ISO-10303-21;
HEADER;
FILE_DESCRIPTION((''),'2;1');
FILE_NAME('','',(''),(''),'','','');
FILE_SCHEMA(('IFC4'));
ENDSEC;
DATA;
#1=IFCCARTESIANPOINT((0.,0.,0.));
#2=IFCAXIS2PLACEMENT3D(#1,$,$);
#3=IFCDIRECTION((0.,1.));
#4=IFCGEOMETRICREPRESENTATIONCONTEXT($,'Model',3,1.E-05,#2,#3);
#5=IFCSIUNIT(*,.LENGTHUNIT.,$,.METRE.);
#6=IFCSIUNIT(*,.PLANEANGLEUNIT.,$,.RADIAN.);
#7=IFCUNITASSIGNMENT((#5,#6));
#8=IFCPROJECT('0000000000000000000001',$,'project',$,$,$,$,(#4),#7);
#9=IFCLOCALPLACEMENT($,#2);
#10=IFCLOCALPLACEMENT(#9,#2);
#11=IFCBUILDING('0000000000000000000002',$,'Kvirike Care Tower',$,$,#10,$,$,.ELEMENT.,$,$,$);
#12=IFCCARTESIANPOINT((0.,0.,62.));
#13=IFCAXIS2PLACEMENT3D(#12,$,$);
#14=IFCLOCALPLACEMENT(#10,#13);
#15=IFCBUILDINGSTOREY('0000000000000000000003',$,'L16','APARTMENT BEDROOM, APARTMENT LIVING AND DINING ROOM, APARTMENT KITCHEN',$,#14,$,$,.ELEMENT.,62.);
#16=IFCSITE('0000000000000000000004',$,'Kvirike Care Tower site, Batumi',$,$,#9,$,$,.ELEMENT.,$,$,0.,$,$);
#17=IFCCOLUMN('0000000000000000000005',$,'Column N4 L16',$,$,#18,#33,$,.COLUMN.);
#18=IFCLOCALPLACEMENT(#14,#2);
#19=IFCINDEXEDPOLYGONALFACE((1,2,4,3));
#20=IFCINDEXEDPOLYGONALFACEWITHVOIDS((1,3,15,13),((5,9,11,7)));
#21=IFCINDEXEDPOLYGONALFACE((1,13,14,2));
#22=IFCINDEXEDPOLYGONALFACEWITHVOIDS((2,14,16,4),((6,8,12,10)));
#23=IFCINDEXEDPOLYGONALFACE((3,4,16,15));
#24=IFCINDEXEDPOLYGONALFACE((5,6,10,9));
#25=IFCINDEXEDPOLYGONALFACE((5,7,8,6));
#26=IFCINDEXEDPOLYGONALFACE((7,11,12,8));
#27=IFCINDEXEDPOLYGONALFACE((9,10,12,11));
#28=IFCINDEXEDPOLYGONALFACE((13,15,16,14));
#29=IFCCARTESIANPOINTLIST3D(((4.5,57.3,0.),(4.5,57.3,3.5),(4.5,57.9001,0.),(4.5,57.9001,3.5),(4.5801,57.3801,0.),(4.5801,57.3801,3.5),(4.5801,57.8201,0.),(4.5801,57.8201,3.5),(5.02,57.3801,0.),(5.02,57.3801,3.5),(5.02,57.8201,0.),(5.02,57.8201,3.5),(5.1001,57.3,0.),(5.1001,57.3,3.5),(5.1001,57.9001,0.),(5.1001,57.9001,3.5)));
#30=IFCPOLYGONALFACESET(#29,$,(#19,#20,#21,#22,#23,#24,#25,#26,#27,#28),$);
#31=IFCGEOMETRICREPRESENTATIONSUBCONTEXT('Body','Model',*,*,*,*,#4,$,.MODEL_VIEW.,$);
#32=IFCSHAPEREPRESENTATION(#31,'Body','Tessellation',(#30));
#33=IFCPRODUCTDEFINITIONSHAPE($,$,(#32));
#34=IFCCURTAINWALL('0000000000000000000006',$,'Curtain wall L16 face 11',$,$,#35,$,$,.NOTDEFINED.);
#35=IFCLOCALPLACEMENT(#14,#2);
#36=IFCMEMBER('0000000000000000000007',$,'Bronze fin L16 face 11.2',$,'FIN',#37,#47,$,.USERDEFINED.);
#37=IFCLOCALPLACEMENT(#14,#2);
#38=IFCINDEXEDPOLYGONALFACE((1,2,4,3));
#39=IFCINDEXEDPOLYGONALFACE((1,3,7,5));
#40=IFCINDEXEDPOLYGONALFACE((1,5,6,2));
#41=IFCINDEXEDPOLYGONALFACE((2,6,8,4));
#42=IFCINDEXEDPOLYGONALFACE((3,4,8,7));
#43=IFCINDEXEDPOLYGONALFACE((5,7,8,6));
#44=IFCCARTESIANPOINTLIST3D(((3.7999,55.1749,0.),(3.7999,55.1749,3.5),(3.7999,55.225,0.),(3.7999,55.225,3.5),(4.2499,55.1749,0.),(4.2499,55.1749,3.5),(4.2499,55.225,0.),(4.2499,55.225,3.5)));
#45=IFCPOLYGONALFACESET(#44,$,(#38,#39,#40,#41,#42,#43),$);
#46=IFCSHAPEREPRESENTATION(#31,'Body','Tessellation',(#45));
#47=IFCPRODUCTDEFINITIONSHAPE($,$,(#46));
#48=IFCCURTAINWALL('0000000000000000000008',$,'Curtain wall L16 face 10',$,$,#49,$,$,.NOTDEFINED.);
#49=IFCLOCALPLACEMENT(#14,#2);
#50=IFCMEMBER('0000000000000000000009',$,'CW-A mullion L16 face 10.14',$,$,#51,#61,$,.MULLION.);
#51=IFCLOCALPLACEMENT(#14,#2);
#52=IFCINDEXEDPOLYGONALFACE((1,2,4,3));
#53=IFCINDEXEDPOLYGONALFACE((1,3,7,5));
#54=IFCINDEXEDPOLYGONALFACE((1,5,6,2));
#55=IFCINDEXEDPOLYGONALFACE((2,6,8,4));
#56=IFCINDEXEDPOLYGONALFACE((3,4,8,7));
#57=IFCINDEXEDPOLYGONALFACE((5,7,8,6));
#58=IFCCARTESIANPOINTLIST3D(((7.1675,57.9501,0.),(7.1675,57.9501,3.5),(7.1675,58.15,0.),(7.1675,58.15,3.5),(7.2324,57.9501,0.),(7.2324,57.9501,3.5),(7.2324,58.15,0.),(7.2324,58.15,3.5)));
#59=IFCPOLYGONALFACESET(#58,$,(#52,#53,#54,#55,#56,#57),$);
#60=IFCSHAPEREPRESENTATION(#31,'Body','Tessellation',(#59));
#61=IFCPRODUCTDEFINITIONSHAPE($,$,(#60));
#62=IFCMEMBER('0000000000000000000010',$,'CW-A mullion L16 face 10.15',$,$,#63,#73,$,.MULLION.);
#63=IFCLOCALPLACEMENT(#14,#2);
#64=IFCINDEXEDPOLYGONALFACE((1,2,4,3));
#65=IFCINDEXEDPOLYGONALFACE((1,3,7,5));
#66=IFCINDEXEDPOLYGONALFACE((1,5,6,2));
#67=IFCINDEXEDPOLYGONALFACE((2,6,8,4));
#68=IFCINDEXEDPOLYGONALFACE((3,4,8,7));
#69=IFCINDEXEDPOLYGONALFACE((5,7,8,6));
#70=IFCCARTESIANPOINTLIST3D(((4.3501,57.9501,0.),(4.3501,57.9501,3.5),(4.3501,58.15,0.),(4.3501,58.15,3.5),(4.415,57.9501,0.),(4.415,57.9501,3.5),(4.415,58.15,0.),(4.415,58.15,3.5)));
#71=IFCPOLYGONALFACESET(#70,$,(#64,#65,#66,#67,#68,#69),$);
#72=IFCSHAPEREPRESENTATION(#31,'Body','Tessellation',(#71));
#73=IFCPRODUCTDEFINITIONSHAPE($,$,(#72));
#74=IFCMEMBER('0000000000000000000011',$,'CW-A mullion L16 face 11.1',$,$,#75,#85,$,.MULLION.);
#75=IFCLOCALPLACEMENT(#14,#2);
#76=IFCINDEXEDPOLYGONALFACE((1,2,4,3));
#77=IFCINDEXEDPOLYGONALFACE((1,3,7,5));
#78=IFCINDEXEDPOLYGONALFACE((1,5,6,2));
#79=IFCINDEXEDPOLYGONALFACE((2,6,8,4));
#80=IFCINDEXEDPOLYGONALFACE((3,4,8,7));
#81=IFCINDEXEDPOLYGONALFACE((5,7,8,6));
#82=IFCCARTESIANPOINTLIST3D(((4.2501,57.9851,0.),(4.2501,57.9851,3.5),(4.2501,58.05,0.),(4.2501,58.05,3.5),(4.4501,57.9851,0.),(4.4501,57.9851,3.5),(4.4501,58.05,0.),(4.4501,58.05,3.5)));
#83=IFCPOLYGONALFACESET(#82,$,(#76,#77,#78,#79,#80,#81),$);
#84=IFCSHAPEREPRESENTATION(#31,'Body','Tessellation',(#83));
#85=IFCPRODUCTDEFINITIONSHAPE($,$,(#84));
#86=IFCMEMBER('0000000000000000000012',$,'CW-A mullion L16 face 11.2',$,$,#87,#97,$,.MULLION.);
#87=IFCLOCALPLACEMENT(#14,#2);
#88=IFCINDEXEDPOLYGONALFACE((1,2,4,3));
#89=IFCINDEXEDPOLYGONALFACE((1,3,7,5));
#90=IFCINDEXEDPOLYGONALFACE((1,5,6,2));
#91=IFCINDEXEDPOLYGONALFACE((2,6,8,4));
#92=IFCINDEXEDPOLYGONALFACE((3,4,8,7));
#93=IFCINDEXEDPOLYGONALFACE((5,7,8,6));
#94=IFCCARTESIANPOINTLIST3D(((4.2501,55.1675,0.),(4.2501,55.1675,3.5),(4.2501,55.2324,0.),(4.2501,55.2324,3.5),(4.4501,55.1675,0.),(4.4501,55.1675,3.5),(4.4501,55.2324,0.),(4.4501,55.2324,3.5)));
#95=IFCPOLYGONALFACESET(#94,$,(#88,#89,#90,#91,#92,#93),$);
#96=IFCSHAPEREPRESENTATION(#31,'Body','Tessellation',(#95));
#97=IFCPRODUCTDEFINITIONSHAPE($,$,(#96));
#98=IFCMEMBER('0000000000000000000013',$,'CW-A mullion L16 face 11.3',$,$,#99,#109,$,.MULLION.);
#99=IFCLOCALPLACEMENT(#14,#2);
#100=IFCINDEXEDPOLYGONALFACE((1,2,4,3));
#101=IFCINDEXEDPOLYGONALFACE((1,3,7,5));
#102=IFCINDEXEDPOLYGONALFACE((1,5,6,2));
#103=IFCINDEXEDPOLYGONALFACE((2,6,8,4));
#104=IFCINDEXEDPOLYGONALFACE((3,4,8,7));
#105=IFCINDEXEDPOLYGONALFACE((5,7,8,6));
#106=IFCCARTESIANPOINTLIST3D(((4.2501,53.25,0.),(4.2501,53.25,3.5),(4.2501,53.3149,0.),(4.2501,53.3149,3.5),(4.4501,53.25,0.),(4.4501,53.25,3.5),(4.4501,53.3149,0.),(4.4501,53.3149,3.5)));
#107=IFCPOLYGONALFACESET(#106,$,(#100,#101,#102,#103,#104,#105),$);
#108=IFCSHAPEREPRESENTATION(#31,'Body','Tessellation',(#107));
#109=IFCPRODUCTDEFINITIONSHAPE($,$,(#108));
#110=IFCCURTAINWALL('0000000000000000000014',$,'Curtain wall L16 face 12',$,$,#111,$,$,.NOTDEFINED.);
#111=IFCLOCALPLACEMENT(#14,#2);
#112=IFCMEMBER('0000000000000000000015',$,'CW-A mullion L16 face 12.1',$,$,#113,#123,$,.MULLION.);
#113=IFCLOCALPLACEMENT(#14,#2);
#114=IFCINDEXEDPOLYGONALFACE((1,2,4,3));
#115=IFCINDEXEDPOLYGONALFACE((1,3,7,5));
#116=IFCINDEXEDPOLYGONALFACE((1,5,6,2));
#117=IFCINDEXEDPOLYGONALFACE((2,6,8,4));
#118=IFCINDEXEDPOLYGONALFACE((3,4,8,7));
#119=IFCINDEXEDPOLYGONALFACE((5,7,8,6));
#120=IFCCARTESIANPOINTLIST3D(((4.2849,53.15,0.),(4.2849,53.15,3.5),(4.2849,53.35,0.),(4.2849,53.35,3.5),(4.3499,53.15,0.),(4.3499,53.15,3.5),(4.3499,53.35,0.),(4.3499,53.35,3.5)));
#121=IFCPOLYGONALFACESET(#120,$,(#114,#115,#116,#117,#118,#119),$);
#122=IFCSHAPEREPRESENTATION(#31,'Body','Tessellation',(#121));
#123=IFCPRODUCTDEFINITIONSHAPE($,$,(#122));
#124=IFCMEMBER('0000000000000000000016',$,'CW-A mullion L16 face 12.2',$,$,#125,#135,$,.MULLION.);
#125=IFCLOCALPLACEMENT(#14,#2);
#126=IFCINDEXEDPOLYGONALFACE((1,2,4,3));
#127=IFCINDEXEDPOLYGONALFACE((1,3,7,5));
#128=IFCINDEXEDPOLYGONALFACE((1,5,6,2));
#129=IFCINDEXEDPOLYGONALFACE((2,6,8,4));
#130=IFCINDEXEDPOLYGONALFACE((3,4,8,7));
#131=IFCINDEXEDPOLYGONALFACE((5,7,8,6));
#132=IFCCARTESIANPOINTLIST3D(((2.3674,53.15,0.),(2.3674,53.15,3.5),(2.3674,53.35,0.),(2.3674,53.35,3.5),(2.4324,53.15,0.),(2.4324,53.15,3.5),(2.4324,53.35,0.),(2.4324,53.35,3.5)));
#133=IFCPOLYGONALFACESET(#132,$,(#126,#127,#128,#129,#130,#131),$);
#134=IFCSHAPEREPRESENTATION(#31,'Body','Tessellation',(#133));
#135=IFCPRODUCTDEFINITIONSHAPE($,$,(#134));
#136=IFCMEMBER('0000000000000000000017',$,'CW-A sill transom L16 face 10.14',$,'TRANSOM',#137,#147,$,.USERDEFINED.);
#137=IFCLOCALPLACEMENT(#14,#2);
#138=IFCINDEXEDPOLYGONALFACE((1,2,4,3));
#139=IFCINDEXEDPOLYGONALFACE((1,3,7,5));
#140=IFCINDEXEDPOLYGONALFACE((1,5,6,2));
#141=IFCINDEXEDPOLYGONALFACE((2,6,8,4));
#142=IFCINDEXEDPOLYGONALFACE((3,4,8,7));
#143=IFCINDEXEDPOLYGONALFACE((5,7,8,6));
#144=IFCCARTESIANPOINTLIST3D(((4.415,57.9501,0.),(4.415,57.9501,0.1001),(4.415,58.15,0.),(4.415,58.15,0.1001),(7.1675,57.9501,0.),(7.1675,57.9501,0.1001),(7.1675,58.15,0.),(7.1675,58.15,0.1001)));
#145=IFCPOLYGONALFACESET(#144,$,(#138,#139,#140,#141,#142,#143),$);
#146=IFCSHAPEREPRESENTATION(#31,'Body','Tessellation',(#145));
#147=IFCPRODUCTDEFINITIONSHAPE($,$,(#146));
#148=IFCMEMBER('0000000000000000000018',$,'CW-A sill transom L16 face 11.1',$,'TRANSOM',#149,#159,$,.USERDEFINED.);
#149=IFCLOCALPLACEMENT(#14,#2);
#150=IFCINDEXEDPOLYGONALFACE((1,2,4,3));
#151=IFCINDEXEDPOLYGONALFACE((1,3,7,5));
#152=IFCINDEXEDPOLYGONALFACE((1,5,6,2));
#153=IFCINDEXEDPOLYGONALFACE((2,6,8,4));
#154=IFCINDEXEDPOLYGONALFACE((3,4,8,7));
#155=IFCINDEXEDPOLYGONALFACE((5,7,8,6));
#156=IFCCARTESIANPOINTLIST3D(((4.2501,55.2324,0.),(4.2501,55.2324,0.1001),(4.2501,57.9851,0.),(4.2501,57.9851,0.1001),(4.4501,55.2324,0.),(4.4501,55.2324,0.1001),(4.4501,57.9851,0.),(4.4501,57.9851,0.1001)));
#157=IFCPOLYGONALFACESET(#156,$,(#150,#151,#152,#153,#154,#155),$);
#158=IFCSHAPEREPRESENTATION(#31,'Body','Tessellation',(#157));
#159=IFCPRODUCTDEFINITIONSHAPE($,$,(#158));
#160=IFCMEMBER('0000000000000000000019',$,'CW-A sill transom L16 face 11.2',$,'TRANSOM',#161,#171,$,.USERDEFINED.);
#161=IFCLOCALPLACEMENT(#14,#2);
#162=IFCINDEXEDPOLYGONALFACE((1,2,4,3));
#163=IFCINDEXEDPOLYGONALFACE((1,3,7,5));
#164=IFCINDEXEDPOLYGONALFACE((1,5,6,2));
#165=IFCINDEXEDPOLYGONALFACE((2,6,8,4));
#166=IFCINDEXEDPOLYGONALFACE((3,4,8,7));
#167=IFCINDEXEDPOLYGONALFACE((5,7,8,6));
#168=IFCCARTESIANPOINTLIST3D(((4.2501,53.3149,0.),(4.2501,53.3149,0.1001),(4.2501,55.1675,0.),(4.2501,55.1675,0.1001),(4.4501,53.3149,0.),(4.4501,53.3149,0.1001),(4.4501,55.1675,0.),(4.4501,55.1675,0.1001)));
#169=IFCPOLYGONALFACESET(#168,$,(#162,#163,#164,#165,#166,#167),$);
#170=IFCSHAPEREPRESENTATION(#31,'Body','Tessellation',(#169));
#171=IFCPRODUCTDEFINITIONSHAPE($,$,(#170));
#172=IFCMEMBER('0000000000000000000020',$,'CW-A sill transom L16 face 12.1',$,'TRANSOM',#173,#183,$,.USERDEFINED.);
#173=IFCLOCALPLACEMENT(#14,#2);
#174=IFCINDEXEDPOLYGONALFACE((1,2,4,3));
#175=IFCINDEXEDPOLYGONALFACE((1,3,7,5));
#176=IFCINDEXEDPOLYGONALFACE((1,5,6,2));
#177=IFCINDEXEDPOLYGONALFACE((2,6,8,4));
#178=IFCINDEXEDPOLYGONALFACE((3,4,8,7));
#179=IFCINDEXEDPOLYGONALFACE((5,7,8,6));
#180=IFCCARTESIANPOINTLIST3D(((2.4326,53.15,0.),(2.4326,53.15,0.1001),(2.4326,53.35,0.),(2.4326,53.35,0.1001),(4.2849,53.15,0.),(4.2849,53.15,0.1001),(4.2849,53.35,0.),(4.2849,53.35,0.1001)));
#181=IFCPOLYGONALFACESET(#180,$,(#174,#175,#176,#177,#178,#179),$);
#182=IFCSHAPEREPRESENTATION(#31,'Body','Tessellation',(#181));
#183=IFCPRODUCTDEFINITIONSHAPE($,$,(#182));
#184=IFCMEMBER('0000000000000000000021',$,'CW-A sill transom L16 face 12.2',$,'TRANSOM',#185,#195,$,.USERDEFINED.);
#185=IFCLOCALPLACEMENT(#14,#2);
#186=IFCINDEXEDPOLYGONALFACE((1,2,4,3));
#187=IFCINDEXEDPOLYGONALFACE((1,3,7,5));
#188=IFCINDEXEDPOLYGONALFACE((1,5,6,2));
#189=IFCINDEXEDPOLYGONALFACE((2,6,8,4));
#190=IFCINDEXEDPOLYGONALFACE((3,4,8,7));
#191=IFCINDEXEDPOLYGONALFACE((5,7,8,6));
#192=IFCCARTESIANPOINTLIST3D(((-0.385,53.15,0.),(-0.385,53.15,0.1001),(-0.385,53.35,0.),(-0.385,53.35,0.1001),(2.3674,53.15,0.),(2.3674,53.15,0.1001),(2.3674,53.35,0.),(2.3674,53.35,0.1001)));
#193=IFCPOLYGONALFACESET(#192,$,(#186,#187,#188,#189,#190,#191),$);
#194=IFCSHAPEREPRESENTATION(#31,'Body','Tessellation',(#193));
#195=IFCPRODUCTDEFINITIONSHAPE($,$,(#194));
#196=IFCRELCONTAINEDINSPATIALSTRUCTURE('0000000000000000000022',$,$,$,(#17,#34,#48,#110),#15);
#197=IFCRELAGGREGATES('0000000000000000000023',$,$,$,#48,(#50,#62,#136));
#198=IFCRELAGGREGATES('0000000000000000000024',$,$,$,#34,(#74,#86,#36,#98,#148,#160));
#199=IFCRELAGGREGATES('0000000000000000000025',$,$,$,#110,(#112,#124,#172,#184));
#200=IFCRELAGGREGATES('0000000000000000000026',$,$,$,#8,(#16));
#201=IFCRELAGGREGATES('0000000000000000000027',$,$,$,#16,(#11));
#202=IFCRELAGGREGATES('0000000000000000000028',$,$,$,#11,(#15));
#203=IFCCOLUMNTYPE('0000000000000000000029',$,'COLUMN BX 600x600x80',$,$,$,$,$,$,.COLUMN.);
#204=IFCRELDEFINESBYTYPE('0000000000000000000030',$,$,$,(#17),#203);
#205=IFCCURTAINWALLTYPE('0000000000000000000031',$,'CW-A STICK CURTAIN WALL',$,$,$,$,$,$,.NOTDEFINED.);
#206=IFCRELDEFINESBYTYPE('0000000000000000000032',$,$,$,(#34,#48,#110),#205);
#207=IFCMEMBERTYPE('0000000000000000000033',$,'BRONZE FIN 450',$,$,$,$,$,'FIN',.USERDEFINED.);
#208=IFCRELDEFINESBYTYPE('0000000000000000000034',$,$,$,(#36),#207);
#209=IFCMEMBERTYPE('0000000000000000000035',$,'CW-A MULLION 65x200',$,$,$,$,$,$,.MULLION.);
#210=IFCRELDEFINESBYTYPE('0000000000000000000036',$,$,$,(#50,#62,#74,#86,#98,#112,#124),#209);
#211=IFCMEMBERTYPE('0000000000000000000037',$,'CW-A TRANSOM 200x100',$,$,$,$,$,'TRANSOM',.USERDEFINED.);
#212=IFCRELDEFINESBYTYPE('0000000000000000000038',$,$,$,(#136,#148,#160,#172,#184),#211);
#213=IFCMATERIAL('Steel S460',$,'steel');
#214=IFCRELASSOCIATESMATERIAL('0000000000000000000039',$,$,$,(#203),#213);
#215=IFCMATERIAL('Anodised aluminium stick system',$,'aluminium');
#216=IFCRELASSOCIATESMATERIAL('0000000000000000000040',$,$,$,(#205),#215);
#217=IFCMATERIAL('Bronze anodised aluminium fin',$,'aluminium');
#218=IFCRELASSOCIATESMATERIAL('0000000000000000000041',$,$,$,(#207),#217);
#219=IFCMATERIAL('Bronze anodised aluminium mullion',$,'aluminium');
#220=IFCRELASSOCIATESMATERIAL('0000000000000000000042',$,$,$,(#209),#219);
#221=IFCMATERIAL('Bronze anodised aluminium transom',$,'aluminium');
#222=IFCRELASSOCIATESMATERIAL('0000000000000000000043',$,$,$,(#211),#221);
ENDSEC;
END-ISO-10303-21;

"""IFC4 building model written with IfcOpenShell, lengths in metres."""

from ifc_helpers import new_model, si_unit, direction, frame, origin, origin_2d, place, context, subcontext, project, spatial, rectangle, hollow_rectangle, extrude, material, material_profile, profile_set, type_object, element, aggregate, save


model = new_model("IFC4")

# Units and contexts
model_context = context("Model", 3, precision=1e-05, world=origin(), true_north=direction((0.0, 1.0)))
body_context = subcontext(model_context, "Body", "Model", "MODEL_VIEW")
ifc_project = project(units=[si_unit("LENGTHUNIT", "METRE"), si_unit("PLANEANGLEUNIT", "RADIAN")], contexts=[model_context])

# Site, building, storey
site_placement = place(None, origin())
site = spatial("IfcSite", under=ifc_project, at=site_placement, Name="Kvirike Care Tower site, Batumi", CompositionType="ELEMENT", RefElevation=0.0)
building_placement = place(site_placement, origin())
building = spatial("IfcBuilding", under=site, at=building_placement, Name="Kvirike Care Tower", CompositionType="ELEMENT")
storey_placement = place(building_placement, frame((0.0, 0.0, 62.0)))
storey = spatial("IfcBuildingStorey", under=building, at=storey_placement, Name="L16", Description="APARTMENT BEDROOM, APARTMENT LIVING AND DINING ROOM, APARTMENT KITCHEN", CompositionType="ELEMENT", Elevation=62.0)

# Column
ifc_material_1 = material(Name="Steel S460", Category="steel")
ifc_material_profile_1 = material_profile(ifc_material_1, hollow_rectangle(XDim=0.6001, YDim=0.6001, WallThickness=0.0801, at=origin_2d()), Name="BX 600x600x80")
ifc_profile_set_1 = profile_set([ifc_material_profile_1], Name="Steel S460")
column_type = type_object("IfcColumnType", Name="COLUMN BX 600x600x80", PredefinedType="COLUMN", material=ifc_profile_set_1)
column_placement = place(storey_placement, frame((4.8, 57.6001, 0.0), z_axis=(0.0, 0.0, 1.0), x_axis=(0.0, 1.0, 0.0)))
element("IfcColumn", 1, at=column_placement, inside=storey, type_object=column_type, Name="Column N4 L16", PredefinedType="COLUMN", context=body_context, shape_type="SweptSolid", body=[
    extrude(hollow_rectangle(XDim=0.6001, YDim=0.6001, WallThickness=0.0801, at=origin_2d()), origin(), (0.0, 0.0, 1.0), 3.5),
])

# Curtain wall, member
ifc_material_2 = material(Name="Anodised aluminium stick system", Category="aluminium")
curtain_wall_type = type_object("IfcCurtainWallType", Name="CW-A STICK CURTAIN WALL", PredefinedType="NOTDEFINED", material=ifc_material_2)
curtain_wall_1_placement = place(storey_placement, origin())
curtain_wall_1 = element("IfcCurtainWall", 2, at=curtain_wall_1_placement, inside=storey, type_object=curtain_wall_type, Name="Curtain wall L16 face 11", PredefinedType="NOTDEFINED")
ifc_material_3 = material(Name="Bronze anodised aluminium fin", Category="aluminium")
ifc_material_profile_2 = material_profile(ifc_material_3, rectangle(XDim=0.05, YDim=0.45, at=origin_2d()), Name="BRONZE FIN 450")
ifc_profile_set_2 = profile_set([ifc_material_profile_2], Name="Bronze anodised aluminium fin")
member_type_1 = type_object("IfcMemberType", Name="BRONZE FIN 450", ElementType="FIN", PredefinedType="USERDEFINED", material=ifc_profile_set_2)
member_1_placement = place(storey_placement, frame((4.0249, 55.2, 0.0), z_axis=(0.0, 0.0, 1.0), x_axis=(0.0, -1.0, 0.0)))
member_1 = element("IfcMember", 3, at=member_1_placement, type_object=member_type_1, Name="Bronze fin L16 face 11.2", ObjectType="FIN", PredefinedType="USERDEFINED", context=body_context, shape_type="SweptSolid", body=[
    extrude(rectangle(XDim=0.05, YDim=0.45, at=origin_2d()), origin(), (0.0, 0.0, 1.0), 3.5),
])

# Curtain wall, members
curtain_wall_2_placement = place(storey_placement, origin())
curtain_wall_2 = element("IfcCurtainWall", 4, at=curtain_wall_2_placement, inside=storey, type_object=curtain_wall_type, Name="Curtain wall L16 face 10", PredefinedType="NOTDEFINED")
ifc_material_4 = material(Name="Bronze anodised aluminium mullion", Category="aluminium")
ifc_material_profile_3 = material_profile(ifc_material_4, rectangle(XDim=0.0649, YDim=0.2, at=origin_2d()), Name="CW-A MULLION 65x200")
ifc_profile_set_3 = profile_set([ifc_material_profile_3], Name="Bronze anodised aluminium mullion")
member_type_2 = type_object("IfcMemberType", Name="CW-A MULLION 65x200", PredefinedType="MULLION", material=ifc_profile_set_3)
member_2_placement = place(storey_placement, frame((7.2, 58.05, 0.0), z_axis=(0.0, 0.0, 1.0), x_axis=(-1.0, 0.0, 0.0)))
member_2 = element("IfcMember", 5, at=member_2_placement, type_object=member_type_2, Name="CW-A mullion L16 face 10.14", PredefinedType="MULLION", context=body_context, shape_type="SweptSolid", body=[
    extrude(rectangle(XDim=0.0649, YDim=0.2, at=origin_2d()), origin(), (0.0, 0.0, 1.0), 3.5),
])
member_3_placement = place(storey_placement, frame((4.3826, 58.05, 0.0), z_axis=(0.0, 0.0, 1.0), x_axis=(-1.0, 0.0, 0.0)))
member_3 = element("IfcMember", 6, at=member_3_placement, type_object=member_type_2, Name="CW-A mullion L16 face 10.15", PredefinedType="MULLION", context=body_context, shape_type="SweptSolid", body=[
    extrude(rectangle(XDim=0.0649, YDim=0.2, at=origin_2d()), origin(), (0.0, 0.0, 1.0), 3.5),
])

# Members
member_4_placement = place(storey_placement, frame((4.3501, 58.0176, 0.0), z_axis=(0.0, 0.0, 1.0), x_axis=(0.0, -1.0, 0.0)))
member_4 = element("IfcMember", 7, at=member_4_placement, type_object=member_type_2, Name="CW-A mullion L16 face 11.1", PredefinedType="MULLION", context=body_context, shape_type="SweptSolid", body=[
    extrude(rectangle(XDim=0.0649, YDim=0.2, at=origin_2d()), origin(), (0.0, 0.0, 1.0), 3.5),
])
member_5_placement = place(storey_placement, frame((4.3501, 55.2, 0.0), z_axis=(0.0, 0.0, 1.0), x_axis=(0.0, -1.0, 0.0)))
member_5 = element("IfcMember", 8, at=member_5_placement, type_object=member_type_2, Name="CW-A mullion L16 face 11.2", PredefinedType="MULLION", context=body_context, shape_type="SweptSolid", body=[
    extrude(rectangle(XDim=0.0649, YDim=0.2, at=origin_2d()), origin(), (0.0, 0.0, 1.0), 3.5),
])
member_6_placement = place(storey_placement, frame((4.3501, 53.2825, 0.0), z_axis=(0.0, 0.0, 1.0), x_axis=(0.0, -1.0, 0.0)))
member_6 = element("IfcMember", 9, at=member_6_placement, type_object=member_type_2, Name="CW-A mullion L16 face 11.3", PredefinedType="MULLION", context=body_context, shape_type="SweptSolid", body=[
    extrude(rectangle(XDim=0.0649, YDim=0.2, at=origin_2d()), origin(), (0.0, 0.0, 1.0), 3.5),
])

# Curtain wall, members
curtain_wall_3_placement = place(storey_placement, origin())
curtain_wall_3 = element("IfcCurtainWall", 10, at=curtain_wall_3_placement, inside=storey, type_object=curtain_wall_type, Name="Curtain wall L16 face 12", PredefinedType="NOTDEFINED")
member_7_placement = place(storey_placement, frame((4.3174, 53.25, 0.0), z_axis=(0.0, 0.0, 1.0), x_axis=(-1.0, 0.0, 0.0)))
member_7 = element("IfcMember", 11, at=member_7_placement, type_object=member_type_2, Name="CW-A mullion L16 face 12.1", PredefinedType="MULLION", context=body_context, shape_type="SweptSolid", body=[
    extrude(rectangle(XDim=0.0649, YDim=0.2, at=origin_2d()), origin(), (0.0, 0.0, 1.0), 3.5),
])
member_8_placement = place(storey_placement, frame((2.3999, 53.25, 0.0), z_axis=(0.0, 0.0, 1.0), x_axis=(-1.0, 0.0, 0.0)))
member_8 = element("IfcMember", 12, at=member_8_placement, type_object=member_type_2, Name="CW-A mullion L16 face 12.2", PredefinedType="MULLION", context=body_context, shape_type="SweptSolid", body=[
    extrude(rectangle(XDim=0.0649, YDim=0.2, at=origin_2d()), origin(), (0.0, 0.0, 1.0), 3.5),
])

# Members
ifc_material_5 = material(Name="Bronze anodised aluminium transom", Category="aluminium")
ifc_material_profile_4 = material_profile(ifc_material_5, rectangle(XDim=0.2, YDim=0.1001, at=origin_2d()), Name="CW-A TRANSOM 200x100")
ifc_profile_set_4 = profile_set([ifc_material_profile_4], Name="Bronze anodised aluminium transom")
member_type_3 = type_object("IfcMemberType", Name="CW-A TRANSOM 200x100", ElementType="TRANSOM", PredefinedType="USERDEFINED", material=ifc_profile_set_4)
member_9_placement = place(storey_placement, frame((7.1675, 58.05, 0.05), z_axis=(-1.0, 0.0, 0.0), x_axis=(0.0, -1.0, 0.0)))
member_9 = element("IfcMember", 13, at=member_9_placement, type_object=member_type_3, Name="CW-A sill transom L16 face 10.14", ObjectType="TRANSOM", PredefinedType="USERDEFINED", context=body_context, shape_type="SweptSolid", body=[
    extrude(rectangle(XDim=0.2, YDim=0.1001, at=origin_2d()), origin(), (0.0, 0.0, 1.0), 2.7524),
])
member_10_placement = place(storey_placement, frame((4.3501, 57.9851, 0.05), z_axis=(0.0, -1.0, 0.0), x_axis=(1.0, 0.0, 0.0)))
member_10 = element("IfcMember", 14, at=member_10_placement, type_object=member_type_3, Name="CW-A sill transom L16 face 11.1", ObjectType="TRANSOM", PredefinedType="USERDEFINED", context=body_context, shape_type="SweptSolid", body=[
    extrude(rectangle(XDim=0.2, YDim=0.1001, at=origin_2d()), origin(), (0.0, 0.0, 1.0), 2.7527),
])
member_11_placement = place(storey_placement, frame((4.3501, 55.1675, 0.05), z_axis=(0.0, -1.0, 0.0), x_axis=(1.0, 0.0, 0.0)))
member_11 = element("IfcMember", 15, at=member_11_placement, type_object=member_type_3, Name="CW-A sill transom L16 face 11.2", ObjectType="TRANSOM", PredefinedType="USERDEFINED", context=body_context, shape_type="SweptSolid", body=[
    extrude(rectangle(XDim=0.2, YDim=0.1001, at=origin_2d()), origin(), (0.0, 0.0, 1.0), 1.8525),
])
member_12_placement = place(storey_placement, frame((4.2849, 53.25, 0.05), z_axis=(-1.0, 0.0, 0.0), x_axis=(0.0, -1.0, 0.0)))
member_12 = element("IfcMember", 16, at=member_12_placement, type_object=member_type_3, Name="CW-A sill transom L16 face 12.1", ObjectType="TRANSOM", PredefinedType="USERDEFINED", context=body_context, shape_type="SweptSolid", body=[
    extrude(rectangle(XDim=0.2, YDim=0.1001, at=origin_2d()), origin(), (0.0, 0.0, 1.0), 1.8523),
])
member_13_placement = place(storey_placement, frame((2.3674, 53.25, 0.05), z_axis=(-1.0, 0.0, 0.0), x_axis=(0.0, -1.0, 0.0)))
member_13 = element("IfcMember", 17, at=member_13_placement, type_object=member_type_3, Name="CW-A sill transom L16 face 12.2", ObjectType="TRANSOM", PredefinedType="USERDEFINED", context=body_context, shape_type="SweptSolid", body=[
    extrude(rectangle(XDim=0.2, YDim=0.1001, at=origin_2d()), origin(), (0.0, 0.0, 1.0), 2.7524),
])

aggregate(curtain_wall_2, [member_2, member_3, member_9])
aggregate(curtain_wall_1, [member_4, member_5, member_1, member_6, member_10, member_11])
aggregate(curtain_wall_3, [member_7, member_8, member_12, member_13])

save(model, "model.ifc")
